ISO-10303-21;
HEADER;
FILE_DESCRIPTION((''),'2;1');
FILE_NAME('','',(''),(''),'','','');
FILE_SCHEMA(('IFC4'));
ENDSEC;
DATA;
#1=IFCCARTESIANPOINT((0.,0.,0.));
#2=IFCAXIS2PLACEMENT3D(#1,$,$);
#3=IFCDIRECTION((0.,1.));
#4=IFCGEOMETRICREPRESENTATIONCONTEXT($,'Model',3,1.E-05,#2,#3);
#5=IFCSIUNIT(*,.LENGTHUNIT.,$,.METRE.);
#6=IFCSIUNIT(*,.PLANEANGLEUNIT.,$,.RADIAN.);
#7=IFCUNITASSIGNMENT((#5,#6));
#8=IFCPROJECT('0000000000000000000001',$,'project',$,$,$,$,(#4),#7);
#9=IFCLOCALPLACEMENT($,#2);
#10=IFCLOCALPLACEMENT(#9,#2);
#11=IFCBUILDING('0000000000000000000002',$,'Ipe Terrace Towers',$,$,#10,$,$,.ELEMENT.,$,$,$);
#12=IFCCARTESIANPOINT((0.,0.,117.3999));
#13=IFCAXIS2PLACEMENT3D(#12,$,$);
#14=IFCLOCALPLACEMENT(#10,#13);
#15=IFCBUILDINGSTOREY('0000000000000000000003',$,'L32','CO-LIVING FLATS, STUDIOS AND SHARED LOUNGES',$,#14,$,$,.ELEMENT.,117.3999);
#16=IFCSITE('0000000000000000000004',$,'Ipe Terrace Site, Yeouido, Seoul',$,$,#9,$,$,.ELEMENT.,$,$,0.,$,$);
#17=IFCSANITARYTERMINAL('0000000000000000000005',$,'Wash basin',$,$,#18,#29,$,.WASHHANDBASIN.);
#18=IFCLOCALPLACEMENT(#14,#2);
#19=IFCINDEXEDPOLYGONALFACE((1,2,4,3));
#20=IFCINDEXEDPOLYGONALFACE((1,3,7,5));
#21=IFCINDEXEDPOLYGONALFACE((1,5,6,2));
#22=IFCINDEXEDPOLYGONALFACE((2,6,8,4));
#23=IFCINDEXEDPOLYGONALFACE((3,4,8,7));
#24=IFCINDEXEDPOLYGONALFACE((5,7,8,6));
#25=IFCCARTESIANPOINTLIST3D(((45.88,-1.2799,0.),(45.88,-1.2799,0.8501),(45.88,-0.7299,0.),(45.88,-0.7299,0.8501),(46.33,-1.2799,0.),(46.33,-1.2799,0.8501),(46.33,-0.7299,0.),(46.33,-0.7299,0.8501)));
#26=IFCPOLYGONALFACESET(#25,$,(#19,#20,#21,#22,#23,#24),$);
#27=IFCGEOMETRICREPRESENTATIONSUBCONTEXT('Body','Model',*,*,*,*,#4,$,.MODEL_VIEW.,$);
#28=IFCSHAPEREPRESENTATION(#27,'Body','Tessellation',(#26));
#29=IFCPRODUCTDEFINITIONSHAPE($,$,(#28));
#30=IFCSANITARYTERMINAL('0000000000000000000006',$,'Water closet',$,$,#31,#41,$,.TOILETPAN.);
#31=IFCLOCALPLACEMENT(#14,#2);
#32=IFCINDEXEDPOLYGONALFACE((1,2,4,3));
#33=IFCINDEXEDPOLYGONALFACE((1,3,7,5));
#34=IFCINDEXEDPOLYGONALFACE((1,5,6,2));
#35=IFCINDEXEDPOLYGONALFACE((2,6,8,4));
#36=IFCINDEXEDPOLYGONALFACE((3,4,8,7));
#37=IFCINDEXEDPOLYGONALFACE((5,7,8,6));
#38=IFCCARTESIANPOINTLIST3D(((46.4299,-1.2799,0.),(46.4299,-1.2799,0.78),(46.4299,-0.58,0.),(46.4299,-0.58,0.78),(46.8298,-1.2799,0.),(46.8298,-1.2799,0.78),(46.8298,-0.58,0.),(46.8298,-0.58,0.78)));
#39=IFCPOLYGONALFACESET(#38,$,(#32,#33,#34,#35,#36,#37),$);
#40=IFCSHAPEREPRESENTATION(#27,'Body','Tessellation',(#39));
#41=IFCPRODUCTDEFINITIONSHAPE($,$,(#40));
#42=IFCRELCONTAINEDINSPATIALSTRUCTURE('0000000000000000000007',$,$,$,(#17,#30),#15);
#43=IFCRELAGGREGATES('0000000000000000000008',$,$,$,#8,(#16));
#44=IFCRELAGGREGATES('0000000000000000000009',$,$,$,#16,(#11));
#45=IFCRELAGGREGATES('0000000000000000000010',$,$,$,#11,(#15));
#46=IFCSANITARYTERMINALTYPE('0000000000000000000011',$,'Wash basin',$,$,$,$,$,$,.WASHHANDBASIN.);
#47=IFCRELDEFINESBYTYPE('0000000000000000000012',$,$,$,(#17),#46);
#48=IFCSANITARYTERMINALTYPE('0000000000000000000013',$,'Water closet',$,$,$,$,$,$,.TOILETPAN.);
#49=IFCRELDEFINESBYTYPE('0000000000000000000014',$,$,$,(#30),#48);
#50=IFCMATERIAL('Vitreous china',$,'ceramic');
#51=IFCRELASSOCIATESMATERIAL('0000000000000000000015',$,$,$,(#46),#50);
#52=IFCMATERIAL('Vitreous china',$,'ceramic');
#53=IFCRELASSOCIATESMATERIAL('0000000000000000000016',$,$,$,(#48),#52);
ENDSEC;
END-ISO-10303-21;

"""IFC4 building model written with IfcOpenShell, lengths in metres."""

from ifc_helpers import new_model, si_unit, direction, frame, origin, origin_2d, place, context, subcontext, project, spatial, rectangle, extrude, material, type_object, element, save


model = new_model("IFC4")

# Units and contexts
model_context = context("Model", 3, precision=1e-05, world=origin(), true_north=direction((0.0, 1.0)))
body_context = subcontext(model_context, "Body", "Model", "MODEL_VIEW")
ifc_project = project(units=[si_unit("LENGTHUNIT", "METRE"), si_unit("PLANEANGLEUNIT", "RADIAN")], contexts=[model_context])

# Site, building, storey
site_placement = place(None, origin())
site = spatial("IfcSite", under=ifc_project, at=site_placement, Name="Ipe Terrace Site, Yeouido, Seoul", CompositionType="ELEMENT", RefElevation=0.0)
building_placement = place(site_placement, origin())
building = spatial("IfcBuilding", under=site, at=building_placement, Name="Ipe Terrace Towers", CompositionType="ELEMENT")
storey_placement = place(building_placement, frame((0.0, 0.0, 117.3999)))
storey = spatial("IfcBuildingStorey", under=building, at=storey_placement, Name="L32", Description="CO-LIVING FLATS, STUDIOS AND SHARED LOUNGES", CompositionType="ELEMENT", Elevation=117.3999)

# Sanitary terminals
ifc_material_1 = material(Name="Vitreous china", Category="ceramic")
sanitary_terminal_type_1 = type_object("IfcSanitaryTerminalType", Name="Wash basin", PredefinedType="WASHHANDBASIN", material=ifc_material_1)
sanitary_terminal_1_placement = place(storey_placement, frame((46.105, -1.0049, 0.0), z_axis=(0.0, 0.0, 1.0), x_axis=(0.0, 1.0, 0.0)))
element("IfcSanitaryTerminal", 1, at=sanitary_terminal_1_placement, inside=storey, type_object=sanitary_terminal_type_1, Name="Wash basin", PredefinedType="WASHHANDBASIN", context=body_context, shape_type="SweptSolid", body=[
    extrude(rectangle(XDim=0.55, YDim=0.45, at=origin_2d()), origin(), (0.0, 0.0, 1.0), 0.8501),
])
ifc_material_2 = material(Name="Vitreous china", Category="ceramic")
sanitary_terminal_type_2 = type_object("IfcSanitaryTerminalType", Name="Water closet", PredefinedType="TOILETPAN", material=ifc_material_2)
sanitary_terminal_2_placement = place(storey_placement, frame((46.6299, -0.9299, 0.0), z_axis=(0.0, 0.0, 1.0), x_axis=(0.0, 1.0, 0.0)))
element("IfcSanitaryTerminal", 2, at=sanitary_terminal_2_placement, inside=storey, type_object=sanitary_terminal_type_2, Name="Water closet", PredefinedType="TOILETPAN", context=body_context, shape_type="SweptSolid", body=[
    extrude(rectangle(XDim=0.7, YDim=0.3999, at=origin_2d()), origin(), (0.0, 0.0, 1.0), 0.78),
])

save(model, "model.ifc")
